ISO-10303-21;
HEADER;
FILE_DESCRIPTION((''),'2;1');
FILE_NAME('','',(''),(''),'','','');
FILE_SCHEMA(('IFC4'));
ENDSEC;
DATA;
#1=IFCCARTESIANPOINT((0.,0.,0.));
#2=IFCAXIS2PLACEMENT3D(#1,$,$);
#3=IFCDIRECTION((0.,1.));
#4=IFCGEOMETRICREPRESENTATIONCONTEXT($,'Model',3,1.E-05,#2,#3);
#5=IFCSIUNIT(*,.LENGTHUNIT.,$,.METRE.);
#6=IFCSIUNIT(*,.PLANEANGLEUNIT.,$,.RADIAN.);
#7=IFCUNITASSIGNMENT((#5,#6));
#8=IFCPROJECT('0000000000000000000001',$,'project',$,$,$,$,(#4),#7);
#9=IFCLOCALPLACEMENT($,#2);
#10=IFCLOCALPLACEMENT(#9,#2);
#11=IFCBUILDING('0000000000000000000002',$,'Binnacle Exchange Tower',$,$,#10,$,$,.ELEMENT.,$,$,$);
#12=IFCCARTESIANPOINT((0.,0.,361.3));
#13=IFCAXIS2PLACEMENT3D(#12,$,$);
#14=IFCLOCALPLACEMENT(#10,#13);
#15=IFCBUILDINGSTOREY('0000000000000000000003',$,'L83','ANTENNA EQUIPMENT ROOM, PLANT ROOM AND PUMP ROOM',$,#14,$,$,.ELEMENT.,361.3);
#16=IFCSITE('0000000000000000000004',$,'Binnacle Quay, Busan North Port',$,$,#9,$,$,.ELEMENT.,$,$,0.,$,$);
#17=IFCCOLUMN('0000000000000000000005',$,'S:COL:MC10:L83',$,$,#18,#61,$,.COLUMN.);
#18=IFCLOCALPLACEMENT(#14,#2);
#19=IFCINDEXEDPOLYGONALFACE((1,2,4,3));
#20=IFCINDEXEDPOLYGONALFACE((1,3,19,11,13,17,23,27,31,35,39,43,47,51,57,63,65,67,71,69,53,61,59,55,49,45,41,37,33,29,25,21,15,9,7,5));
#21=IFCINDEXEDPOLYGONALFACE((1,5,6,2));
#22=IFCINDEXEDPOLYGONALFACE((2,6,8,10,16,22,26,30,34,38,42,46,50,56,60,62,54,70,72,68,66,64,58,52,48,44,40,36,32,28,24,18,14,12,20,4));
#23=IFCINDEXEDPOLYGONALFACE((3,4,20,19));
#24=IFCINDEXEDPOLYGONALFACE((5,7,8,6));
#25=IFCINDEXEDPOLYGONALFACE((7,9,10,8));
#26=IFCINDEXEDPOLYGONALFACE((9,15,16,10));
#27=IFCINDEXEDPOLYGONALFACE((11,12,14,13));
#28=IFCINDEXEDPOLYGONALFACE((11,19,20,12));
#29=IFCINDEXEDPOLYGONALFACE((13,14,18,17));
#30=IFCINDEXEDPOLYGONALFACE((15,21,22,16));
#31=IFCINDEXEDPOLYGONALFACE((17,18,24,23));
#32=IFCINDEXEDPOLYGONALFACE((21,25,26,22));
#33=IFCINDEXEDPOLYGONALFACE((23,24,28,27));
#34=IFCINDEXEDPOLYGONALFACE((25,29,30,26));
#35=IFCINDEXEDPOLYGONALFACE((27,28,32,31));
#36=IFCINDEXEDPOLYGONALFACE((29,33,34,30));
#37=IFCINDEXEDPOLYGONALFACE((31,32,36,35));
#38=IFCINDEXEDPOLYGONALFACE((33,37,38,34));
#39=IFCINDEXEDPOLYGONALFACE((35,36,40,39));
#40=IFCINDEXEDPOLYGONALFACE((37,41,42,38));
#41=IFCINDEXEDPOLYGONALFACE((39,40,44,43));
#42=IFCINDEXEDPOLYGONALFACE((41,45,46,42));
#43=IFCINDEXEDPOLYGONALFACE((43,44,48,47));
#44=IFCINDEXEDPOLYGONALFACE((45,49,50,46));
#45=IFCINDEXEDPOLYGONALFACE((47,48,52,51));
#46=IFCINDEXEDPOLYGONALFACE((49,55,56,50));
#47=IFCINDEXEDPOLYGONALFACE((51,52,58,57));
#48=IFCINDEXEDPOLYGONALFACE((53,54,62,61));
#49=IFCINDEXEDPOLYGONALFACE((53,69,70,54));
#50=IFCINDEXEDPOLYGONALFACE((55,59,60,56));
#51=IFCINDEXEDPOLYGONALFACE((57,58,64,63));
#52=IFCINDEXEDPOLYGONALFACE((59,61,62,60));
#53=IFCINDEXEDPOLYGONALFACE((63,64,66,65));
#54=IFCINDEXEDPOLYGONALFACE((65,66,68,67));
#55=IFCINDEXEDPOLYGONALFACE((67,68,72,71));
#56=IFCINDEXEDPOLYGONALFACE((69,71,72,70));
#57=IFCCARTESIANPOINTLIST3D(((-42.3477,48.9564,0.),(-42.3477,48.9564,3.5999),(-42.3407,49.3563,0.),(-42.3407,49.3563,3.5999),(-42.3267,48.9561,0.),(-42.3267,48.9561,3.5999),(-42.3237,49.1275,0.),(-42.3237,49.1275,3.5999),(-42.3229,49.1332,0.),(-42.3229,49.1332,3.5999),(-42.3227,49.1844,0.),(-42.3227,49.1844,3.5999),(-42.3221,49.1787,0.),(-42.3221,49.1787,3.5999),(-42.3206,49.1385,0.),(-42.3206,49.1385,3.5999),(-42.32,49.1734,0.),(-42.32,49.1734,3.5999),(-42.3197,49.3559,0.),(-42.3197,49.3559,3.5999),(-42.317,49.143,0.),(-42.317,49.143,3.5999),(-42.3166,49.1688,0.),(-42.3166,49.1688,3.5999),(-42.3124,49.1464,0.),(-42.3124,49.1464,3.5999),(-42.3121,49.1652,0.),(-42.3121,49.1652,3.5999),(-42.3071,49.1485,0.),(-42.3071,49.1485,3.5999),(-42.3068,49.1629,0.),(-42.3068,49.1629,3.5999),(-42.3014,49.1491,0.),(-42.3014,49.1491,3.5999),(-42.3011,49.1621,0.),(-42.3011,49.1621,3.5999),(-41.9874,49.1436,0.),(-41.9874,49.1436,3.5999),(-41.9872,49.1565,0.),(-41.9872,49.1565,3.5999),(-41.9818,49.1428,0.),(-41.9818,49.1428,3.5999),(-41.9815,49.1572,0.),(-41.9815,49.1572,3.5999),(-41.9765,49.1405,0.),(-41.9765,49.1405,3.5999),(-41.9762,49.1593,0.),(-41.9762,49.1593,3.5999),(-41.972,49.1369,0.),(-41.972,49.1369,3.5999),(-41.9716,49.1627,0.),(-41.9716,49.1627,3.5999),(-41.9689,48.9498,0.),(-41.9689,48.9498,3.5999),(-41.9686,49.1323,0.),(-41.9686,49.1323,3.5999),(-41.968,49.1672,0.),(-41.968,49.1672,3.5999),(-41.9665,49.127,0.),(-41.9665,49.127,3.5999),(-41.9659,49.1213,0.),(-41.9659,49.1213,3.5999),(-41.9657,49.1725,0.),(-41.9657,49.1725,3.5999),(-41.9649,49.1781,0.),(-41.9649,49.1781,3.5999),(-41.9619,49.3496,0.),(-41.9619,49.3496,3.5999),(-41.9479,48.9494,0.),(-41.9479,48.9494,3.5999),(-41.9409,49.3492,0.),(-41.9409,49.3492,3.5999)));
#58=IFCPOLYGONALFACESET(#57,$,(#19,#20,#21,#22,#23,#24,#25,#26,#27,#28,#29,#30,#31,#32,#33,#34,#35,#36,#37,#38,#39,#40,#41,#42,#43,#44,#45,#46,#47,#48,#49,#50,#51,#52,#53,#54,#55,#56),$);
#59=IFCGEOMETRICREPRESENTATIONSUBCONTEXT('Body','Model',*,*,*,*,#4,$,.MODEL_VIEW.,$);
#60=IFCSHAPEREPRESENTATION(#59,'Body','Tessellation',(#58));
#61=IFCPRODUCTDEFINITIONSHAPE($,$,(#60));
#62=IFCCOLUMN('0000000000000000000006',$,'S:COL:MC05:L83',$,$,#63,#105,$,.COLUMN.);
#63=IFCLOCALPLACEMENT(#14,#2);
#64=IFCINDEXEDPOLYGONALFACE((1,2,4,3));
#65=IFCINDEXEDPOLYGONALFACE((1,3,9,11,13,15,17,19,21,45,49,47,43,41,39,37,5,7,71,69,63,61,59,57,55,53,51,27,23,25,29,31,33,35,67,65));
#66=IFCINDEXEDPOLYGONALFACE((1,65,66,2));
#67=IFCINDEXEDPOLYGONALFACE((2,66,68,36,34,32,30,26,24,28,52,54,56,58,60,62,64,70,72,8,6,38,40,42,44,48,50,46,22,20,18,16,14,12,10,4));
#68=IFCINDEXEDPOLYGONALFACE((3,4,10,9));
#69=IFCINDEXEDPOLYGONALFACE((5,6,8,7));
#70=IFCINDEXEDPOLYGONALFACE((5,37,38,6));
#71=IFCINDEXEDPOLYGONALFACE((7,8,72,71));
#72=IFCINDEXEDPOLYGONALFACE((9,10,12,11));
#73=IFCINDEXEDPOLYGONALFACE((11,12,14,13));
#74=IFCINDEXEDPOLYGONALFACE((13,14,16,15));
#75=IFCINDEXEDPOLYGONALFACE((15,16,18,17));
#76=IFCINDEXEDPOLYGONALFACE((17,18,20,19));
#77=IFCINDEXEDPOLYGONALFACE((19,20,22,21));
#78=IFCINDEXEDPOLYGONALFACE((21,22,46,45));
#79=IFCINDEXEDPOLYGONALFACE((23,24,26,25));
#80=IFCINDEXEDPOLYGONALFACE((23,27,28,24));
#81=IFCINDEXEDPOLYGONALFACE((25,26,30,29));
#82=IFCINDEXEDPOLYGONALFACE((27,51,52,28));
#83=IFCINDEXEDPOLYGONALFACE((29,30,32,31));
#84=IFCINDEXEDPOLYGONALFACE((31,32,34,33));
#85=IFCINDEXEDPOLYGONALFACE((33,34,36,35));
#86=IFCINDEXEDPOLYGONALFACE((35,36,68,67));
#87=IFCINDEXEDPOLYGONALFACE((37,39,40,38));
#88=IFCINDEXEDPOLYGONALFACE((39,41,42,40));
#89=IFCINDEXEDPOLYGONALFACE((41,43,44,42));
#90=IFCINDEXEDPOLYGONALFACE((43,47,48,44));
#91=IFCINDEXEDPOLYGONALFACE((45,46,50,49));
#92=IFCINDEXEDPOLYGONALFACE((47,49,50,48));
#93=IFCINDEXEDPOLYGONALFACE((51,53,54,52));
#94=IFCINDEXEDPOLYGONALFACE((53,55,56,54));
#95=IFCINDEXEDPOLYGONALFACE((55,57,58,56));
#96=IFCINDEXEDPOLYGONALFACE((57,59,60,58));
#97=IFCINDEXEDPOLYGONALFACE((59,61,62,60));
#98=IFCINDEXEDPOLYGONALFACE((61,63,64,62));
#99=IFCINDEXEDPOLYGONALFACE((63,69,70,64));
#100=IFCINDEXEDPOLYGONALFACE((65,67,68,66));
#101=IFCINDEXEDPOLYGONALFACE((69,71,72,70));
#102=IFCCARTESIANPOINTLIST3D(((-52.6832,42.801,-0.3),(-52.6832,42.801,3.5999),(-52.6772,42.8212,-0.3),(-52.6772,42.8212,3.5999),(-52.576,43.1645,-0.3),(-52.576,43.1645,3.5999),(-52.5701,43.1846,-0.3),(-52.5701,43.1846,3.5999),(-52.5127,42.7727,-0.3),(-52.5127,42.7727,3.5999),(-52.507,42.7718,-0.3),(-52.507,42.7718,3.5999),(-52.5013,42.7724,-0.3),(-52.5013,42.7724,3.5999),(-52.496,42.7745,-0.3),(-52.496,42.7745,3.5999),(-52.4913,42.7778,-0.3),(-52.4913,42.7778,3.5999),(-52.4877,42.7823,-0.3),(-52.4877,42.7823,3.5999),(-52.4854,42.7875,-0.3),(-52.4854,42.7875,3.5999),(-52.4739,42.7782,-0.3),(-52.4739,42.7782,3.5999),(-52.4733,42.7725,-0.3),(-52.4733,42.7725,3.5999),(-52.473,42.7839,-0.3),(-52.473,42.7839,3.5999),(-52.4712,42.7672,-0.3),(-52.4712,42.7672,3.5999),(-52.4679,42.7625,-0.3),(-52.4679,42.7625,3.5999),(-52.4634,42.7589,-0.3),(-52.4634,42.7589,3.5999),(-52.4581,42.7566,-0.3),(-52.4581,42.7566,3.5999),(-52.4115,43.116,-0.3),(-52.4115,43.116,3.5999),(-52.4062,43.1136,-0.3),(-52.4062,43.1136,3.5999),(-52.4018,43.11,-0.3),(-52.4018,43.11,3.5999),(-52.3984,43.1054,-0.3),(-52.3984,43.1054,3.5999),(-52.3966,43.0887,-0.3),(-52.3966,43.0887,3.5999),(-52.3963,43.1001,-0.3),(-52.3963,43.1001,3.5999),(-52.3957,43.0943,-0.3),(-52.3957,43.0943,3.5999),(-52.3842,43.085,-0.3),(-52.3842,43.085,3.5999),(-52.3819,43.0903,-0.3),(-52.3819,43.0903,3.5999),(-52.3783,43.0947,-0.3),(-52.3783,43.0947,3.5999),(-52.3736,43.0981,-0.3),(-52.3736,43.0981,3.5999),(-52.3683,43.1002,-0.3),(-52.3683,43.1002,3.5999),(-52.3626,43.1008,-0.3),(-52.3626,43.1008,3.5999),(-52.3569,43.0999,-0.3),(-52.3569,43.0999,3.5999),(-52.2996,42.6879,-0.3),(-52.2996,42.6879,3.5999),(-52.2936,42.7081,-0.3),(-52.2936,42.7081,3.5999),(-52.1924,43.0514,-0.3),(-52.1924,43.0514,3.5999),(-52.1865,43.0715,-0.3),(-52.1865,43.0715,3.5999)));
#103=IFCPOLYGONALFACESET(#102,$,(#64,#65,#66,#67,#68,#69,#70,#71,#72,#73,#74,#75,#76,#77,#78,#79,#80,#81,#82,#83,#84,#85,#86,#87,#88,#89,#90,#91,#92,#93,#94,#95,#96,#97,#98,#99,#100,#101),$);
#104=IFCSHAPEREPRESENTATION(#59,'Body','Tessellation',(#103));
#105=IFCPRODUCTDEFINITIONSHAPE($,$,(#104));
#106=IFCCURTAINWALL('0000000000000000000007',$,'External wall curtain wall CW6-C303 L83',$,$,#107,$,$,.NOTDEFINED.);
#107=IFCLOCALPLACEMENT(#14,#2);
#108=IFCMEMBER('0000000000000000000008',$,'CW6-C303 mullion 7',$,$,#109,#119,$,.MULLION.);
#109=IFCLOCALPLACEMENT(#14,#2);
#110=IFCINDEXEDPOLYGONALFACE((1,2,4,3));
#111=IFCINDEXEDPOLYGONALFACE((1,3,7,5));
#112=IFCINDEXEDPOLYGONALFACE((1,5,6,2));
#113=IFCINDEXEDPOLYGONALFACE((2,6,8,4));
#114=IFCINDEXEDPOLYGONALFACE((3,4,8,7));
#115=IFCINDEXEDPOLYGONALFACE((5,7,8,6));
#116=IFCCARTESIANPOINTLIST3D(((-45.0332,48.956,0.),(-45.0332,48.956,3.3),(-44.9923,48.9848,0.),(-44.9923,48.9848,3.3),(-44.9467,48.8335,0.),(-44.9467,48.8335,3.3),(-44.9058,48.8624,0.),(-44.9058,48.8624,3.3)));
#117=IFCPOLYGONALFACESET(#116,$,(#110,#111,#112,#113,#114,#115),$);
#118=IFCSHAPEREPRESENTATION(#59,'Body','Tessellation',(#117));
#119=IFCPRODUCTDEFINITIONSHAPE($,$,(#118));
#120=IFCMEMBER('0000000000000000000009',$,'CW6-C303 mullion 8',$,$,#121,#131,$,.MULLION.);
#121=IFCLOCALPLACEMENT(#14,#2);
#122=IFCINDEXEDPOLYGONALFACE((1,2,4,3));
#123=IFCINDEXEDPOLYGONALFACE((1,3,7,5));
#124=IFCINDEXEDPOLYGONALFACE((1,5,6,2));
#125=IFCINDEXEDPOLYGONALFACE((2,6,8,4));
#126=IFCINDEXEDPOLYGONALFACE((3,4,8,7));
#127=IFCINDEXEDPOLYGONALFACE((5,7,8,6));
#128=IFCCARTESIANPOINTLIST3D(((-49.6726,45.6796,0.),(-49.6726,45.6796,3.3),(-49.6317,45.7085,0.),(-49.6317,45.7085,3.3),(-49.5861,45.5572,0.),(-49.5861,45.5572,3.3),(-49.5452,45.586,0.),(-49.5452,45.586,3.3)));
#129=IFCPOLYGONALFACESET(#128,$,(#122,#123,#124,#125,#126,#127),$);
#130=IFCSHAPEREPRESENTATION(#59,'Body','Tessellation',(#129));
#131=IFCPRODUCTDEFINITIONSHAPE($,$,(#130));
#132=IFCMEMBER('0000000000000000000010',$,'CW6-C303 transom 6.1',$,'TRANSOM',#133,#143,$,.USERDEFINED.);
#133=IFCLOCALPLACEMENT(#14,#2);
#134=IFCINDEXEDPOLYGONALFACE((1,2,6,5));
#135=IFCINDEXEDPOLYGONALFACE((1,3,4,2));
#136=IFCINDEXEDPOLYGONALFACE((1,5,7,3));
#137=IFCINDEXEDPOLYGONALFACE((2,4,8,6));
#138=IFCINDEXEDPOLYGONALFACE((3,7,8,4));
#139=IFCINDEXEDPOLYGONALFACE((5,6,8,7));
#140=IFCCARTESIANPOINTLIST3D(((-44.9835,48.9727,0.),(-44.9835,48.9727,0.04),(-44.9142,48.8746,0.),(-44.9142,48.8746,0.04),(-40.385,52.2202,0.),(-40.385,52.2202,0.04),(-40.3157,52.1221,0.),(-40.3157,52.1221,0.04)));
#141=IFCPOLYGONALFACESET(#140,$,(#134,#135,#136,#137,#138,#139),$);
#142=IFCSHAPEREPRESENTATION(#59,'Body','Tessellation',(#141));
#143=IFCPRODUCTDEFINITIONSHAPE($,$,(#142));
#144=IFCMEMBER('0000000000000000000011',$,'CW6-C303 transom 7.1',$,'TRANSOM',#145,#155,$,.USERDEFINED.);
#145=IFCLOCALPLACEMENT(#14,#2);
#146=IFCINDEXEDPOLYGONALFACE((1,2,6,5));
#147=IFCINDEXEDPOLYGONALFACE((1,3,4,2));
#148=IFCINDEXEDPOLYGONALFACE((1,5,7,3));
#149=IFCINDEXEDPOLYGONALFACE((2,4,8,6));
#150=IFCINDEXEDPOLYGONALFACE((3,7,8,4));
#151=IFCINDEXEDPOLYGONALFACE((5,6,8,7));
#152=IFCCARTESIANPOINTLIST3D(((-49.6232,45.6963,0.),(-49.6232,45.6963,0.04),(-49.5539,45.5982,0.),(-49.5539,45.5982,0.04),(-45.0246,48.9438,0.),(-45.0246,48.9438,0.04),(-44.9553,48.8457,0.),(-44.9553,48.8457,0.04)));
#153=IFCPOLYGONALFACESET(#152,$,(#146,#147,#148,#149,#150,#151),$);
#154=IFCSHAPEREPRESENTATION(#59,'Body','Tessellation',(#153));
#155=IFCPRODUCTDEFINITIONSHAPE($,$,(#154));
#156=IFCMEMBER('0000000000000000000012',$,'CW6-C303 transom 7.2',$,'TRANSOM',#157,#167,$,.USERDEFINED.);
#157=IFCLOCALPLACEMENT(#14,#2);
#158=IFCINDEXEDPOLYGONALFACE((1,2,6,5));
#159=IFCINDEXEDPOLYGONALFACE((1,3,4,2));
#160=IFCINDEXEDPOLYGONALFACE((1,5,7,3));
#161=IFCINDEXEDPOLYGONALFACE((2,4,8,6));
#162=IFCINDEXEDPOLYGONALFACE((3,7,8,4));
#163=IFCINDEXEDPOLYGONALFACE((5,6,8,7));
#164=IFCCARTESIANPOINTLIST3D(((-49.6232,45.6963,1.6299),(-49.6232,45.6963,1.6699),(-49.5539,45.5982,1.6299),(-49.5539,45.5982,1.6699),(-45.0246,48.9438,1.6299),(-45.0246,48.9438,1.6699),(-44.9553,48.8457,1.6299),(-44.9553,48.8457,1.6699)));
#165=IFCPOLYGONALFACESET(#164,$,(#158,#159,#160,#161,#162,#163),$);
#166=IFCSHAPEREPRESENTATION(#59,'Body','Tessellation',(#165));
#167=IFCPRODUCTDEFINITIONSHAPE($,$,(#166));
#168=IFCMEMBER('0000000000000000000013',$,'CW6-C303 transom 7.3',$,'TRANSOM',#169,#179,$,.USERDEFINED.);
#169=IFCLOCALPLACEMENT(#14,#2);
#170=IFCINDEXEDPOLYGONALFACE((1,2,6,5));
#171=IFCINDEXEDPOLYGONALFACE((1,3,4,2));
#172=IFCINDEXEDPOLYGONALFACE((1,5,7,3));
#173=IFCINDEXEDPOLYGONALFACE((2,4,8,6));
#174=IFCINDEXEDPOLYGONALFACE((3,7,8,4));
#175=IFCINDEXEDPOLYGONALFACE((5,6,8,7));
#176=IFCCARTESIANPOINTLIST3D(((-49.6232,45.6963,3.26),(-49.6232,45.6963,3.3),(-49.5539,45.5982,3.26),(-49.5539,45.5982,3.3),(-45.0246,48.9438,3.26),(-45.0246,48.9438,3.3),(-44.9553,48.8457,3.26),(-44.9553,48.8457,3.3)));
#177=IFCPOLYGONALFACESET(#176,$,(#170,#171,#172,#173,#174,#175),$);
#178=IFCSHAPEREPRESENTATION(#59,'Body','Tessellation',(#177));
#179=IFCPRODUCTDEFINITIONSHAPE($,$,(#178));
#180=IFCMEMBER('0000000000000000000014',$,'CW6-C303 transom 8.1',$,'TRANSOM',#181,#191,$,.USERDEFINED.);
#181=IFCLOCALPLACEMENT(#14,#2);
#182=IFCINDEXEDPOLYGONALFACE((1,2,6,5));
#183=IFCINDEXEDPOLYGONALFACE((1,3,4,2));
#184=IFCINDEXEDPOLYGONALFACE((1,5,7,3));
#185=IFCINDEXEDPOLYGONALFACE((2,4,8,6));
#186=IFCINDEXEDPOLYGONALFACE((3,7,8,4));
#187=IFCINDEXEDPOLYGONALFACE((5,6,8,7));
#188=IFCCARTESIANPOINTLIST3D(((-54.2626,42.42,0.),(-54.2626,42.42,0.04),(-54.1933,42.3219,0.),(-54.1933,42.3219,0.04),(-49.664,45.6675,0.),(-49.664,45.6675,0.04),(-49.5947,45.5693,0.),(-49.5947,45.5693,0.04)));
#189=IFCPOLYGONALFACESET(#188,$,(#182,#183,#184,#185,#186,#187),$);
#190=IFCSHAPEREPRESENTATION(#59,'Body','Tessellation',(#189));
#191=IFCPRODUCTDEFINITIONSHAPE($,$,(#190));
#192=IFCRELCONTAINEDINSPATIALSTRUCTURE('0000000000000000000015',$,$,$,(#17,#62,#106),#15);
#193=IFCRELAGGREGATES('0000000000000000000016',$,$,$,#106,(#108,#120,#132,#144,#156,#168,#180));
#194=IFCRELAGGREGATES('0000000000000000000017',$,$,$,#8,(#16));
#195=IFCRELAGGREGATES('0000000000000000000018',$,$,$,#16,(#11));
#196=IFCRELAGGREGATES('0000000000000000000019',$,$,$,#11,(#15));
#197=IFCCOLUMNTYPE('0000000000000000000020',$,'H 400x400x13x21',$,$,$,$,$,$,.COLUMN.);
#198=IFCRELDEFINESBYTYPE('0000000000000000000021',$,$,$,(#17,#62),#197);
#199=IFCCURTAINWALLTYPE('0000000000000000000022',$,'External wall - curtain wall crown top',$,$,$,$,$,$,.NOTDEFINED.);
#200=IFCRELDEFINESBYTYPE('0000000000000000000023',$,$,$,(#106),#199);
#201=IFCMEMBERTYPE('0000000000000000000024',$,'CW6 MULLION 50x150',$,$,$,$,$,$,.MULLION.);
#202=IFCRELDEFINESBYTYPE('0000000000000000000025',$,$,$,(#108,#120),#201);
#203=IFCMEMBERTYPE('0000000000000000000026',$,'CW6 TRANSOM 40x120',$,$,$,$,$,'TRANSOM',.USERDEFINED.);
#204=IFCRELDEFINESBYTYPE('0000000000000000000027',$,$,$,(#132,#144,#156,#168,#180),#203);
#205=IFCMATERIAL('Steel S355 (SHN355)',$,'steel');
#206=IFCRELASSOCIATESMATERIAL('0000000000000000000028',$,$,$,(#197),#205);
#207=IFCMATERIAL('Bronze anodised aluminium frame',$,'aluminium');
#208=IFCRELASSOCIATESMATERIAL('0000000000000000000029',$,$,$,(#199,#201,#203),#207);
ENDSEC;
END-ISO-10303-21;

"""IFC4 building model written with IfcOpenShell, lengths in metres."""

from ifc_helpers import new_model, si_unit, direction, frame, origin, origin_2d, place, context, subcontext, project, spatial, rectangle, i_section, extrude, material, material_profile, profile_set, type_object, element, aggregate, save


model = new_model("IFC4")

# Units and contexts
model_context = context("Model", 3, precision=1e-05, world=origin(), true_north=direction((0.0, 1.0)))
body_context = subcontext(model_context, "Body", "Model", "MODEL_VIEW")
ifc_project = project(units=[si_unit("LENGTHUNIT", "METRE"), si_unit("PLANEANGLEUNIT", "RADIAN")], contexts=[model_context])

# Site, building, storey
site_placement = place(None, origin())
site = spatial("IfcSite", under=ifc_project, at=site_placement, Name="Binnacle Quay, Busan North Port", CompositionType="ELEMENT", RefElevation=0.0)
building_placement = place(site_placement, origin())
building = spatial("IfcBuilding", under=site, at=building_placement, Name="Binnacle Exchange Tower", CompositionType="ELEMENT")
storey_placement = place(building_placement, frame((0.0, 0.0, 361.3)))
storey = spatial("IfcBuildingStorey", under=building, at=storey_placement, Name="L83", Description="ANTENNA EQUIPMENT ROOM, PLANT ROOM AND PUMP ROOM", CompositionType="ELEMENT", Elevation=361.3)

# Columns
ifc_material_1 = material(Name="Steel S355 (SHN355)", Category="steel")
ifc_material_profile_1 = material_profile(ifc_material_1, i_section(OverallWidth=0.3999, OverallDepth=0.3999, WebThickness=0.0129, FlangeThickness=0.021, FilletRadius=0.022, at=origin_2d()), Name="H 400x400x13x21")
ifc_profile_set_1 = profile_set([ifc_material_profile_1], Name="Steel S355 (SHN355)")
column_type = type_object("IfcColumnType", Name="H 400x400x13x21", PredefinedType="COLUMN", material=ifc_profile_set_1)
column_1_placement = place(storey_placement, frame((-42.1443, 49.1528, 0.0), z_axis=(0.0, 0.0, 1.0), x_axis=(0.01754, 0.999846, 0.0)))
element("IfcColumn", 1, at=column_1_placement, inside=storey, type_object=column_type, Name="S:COL:MC10:L83", PredefinedType="COLUMN", context=body_context, shape_type="SweptSolid", body=[
    extrude(i_section(OverallWidth=0.3999, OverallDepth=0.3999, WebThickness=0.0129, FlangeThickness=0.021, FilletRadius=0.022, at=origin_2d()), origin(), (0.0, 0.0, 1.0), 3.5999),
])
column_2_placement = place(storey_placement, frame((-52.4348, 42.9363, -0.3), z_axis=(0.0, 0.0, 1.0), x_axis=(-0.959171, 0.282827, 0.0)))
element("IfcColumn", 2, at=column_2_placement, inside=storey, type_object=column_type, Name="S:COL:MC05:L83", PredefinedType="COLUMN", context=body_context, shape_type="SweptSolid", body=[
    extrude(i_section(OverallWidth=0.3999, OverallDepth=0.3999, WebThickness=0.0129, FlangeThickness=0.021, FilletRadius=0.022, at=origin_2d()), origin(), (0.0, 0.0, 1.0), 3.8999),
])

# Curtain wall, members
ifc_material_2 = material(Name="Bronze anodised aluminium frame", Category="aluminium")
curtain_wall_type = type_object("IfcCurtainWallType", Name="External wall - curtain wall crown top", PredefinedType="NOTDEFINED", material=ifc_material_2)
curtain_wall_placement = place(storey_placement, origin())
curtain_wall = element("IfcCurtainWall", 3, at=curtain_wall_placement, inside=storey, type_object=curtain_wall_type, Name="External wall curtain wall CW6-C303 L83", PredefinedType="NOTDEFINED")
ifc_material_profile_2 = material_profile(ifc_material_2, rectangle(XDim=0.1499, YDim=0.05, at=origin_2d()), Name="AL 50x150")
ifc_profile_set_2 = profile_set([ifc_material_profile_2], Name="Bronze anodised aluminium frame")
member_type_1 = type_object("IfcMemberType", Name="CW6 MULLION 50x150", PredefinedType="MULLION", material=ifc_profile_set_2)
member_1_placement = place(storey_placement, frame((-44.9695, 48.9092, 0.0), z_axis=(0.0, 0.0, 1.0), x_axis=(0.576854, -0.816847, 0.0)))
member_1 = element("IfcMember", 4, at=member_1_placement, type_object=member_type_1, Name="CW6-C303 mullion 7", PredefinedType="MULLION", context=body_context, shape_type="SweptSolid", body=[
    extrude(rectangle(XDim=0.1499, YDim=0.05, at=origin_2d()), origin(), (0.0, 0.0, 1.0), 3.3),
])
member_2_placement = place(storey_placement, frame((-49.6089, 45.6328, 0.0), z_axis=(0.0, 0.0, 1.0), x_axis=(0.576854, -0.816847, 0.0)))
member_2 = element("IfcMember", 5, at=member_2_placement, type_object=member_type_1, Name="CW6-C303 mullion 8", PredefinedType="MULLION", context=body_context, shape_type="SweptSolid", body=[
    extrude(rectangle(XDim=0.1499, YDim=0.05, at=origin_2d()), origin(), (0.0, 0.0, 1.0), 3.3),
])
ifc_material_profile_3 = material_profile(ifc_material_2, rectangle(XDim=0.1201, YDim=0.04, at=origin_2d()), Name="AL 120x40")
ifc_profile_set_3 = profile_set([ifc_material_profile_3], Name="Bronze anodised aluminium frame")
member_type_2 = type_object("IfcMemberType", Name="CW6 TRANSOM 40x120", ElementType="TRANSOM", PredefinedType="USERDEFINED", material=ifc_profile_set_3)
member_3_placement = place(storey_placement, frame((-40.3503, 52.1711, 0.02), z_axis=(-0.816845, -0.576857, 0.0), x_axis=(0.576857, -0.816845, 0.0)))
member_3 = element("IfcMember", 6, at=member_3_placement, type_object=member_type_2, Name="CW6-C303 transom 6.1", ObjectType="TRANSOM", PredefinedType="USERDEFINED", context=body_context, shape_type="SweptSolid", body=[
    extrude(rectangle(XDim=0.1201, YDim=0.04, at=origin_2d()), origin(), (0.0, 0.0, 1.0), 5.6296),
])
member_4_placement = place(storey_placement, frame((-44.99, 48.8948, 0.02), z_axis=(-0.816845, -0.576857, 0.0), x_axis=(0.576857, -0.816845, 0.0)))
member_4 = element("IfcMember", 7, at=member_4_placement, type_object=member_type_2, Name="CW6-C303 transom 7.1", ObjectType="TRANSOM", PredefinedType="USERDEFINED", context=body_context, shape_type="SweptSolid", body=[
    extrude(rectangle(XDim=0.1201, YDim=0.04, at=origin_2d()), origin(), (0.0, 0.0, 1.0), 5.6296),
])
member_5_placement = place(storey_placement, frame((-44.99, 48.8948, 1.6499), z_axis=(-0.816845, -0.576857, 0.0), x_axis=(0.576857, -0.816845, 0.0)))
member_5 = element("IfcMember", 8, at=member_5_placement, type_object=member_type_2, Name="CW6-C303 transom 7.2", ObjectType="TRANSOM", PredefinedType="USERDEFINED", context=body_context, shape_type="SweptSolid", body=[
    extrude(rectangle(XDim=0.1201, YDim=0.04, at=origin_2d()), origin(), (0.0, 0.0, 1.0), 5.6296),
])
member_6_placement = place(storey_placement, frame((-44.99, 48.8948, 3.28), z_axis=(-0.816845, -0.576857, 0.0), x_axis=(0.576857, -0.816845, 0.0)))
member_6 = element("IfcMember", 9, at=member_6_placement, type_object=member_type_2, Name="CW6-C303 transom 7.3", ObjectType="TRANSOM", PredefinedType="USERDEFINED", context=body_context, shape_type="SweptSolid", body=[
    extrude(rectangle(XDim=0.1201, YDim=0.04, at=origin_2d()), origin(), (0.0, 0.0, 1.0), 5.6296),
])
member_7_placement = place(storey_placement, frame((-49.6294, 45.6184, 0.02), z_axis=(-0.816845, -0.576857, 0.0), x_axis=(0.576857, -0.816845, 0.0)))
member_7 = element("IfcMember", 10, at=member_7_placement, type_object=member_type_2, Name="CW6-C303 transom 8.1", ObjectType="TRANSOM", PredefinedType="USERDEFINED", context=body_context, shape_type="SweptSolid", body=[
    extrude(rectangle(XDim=0.1201, YDim=0.04, at=origin_2d()), origin(), (0.0, 0.0, 1.0), 5.6296),
])

aggregate(curtain_wall, [member_1, member_2, member_3, member_4, member_5, member_6, member_7])

save(model, "model.ifc")
